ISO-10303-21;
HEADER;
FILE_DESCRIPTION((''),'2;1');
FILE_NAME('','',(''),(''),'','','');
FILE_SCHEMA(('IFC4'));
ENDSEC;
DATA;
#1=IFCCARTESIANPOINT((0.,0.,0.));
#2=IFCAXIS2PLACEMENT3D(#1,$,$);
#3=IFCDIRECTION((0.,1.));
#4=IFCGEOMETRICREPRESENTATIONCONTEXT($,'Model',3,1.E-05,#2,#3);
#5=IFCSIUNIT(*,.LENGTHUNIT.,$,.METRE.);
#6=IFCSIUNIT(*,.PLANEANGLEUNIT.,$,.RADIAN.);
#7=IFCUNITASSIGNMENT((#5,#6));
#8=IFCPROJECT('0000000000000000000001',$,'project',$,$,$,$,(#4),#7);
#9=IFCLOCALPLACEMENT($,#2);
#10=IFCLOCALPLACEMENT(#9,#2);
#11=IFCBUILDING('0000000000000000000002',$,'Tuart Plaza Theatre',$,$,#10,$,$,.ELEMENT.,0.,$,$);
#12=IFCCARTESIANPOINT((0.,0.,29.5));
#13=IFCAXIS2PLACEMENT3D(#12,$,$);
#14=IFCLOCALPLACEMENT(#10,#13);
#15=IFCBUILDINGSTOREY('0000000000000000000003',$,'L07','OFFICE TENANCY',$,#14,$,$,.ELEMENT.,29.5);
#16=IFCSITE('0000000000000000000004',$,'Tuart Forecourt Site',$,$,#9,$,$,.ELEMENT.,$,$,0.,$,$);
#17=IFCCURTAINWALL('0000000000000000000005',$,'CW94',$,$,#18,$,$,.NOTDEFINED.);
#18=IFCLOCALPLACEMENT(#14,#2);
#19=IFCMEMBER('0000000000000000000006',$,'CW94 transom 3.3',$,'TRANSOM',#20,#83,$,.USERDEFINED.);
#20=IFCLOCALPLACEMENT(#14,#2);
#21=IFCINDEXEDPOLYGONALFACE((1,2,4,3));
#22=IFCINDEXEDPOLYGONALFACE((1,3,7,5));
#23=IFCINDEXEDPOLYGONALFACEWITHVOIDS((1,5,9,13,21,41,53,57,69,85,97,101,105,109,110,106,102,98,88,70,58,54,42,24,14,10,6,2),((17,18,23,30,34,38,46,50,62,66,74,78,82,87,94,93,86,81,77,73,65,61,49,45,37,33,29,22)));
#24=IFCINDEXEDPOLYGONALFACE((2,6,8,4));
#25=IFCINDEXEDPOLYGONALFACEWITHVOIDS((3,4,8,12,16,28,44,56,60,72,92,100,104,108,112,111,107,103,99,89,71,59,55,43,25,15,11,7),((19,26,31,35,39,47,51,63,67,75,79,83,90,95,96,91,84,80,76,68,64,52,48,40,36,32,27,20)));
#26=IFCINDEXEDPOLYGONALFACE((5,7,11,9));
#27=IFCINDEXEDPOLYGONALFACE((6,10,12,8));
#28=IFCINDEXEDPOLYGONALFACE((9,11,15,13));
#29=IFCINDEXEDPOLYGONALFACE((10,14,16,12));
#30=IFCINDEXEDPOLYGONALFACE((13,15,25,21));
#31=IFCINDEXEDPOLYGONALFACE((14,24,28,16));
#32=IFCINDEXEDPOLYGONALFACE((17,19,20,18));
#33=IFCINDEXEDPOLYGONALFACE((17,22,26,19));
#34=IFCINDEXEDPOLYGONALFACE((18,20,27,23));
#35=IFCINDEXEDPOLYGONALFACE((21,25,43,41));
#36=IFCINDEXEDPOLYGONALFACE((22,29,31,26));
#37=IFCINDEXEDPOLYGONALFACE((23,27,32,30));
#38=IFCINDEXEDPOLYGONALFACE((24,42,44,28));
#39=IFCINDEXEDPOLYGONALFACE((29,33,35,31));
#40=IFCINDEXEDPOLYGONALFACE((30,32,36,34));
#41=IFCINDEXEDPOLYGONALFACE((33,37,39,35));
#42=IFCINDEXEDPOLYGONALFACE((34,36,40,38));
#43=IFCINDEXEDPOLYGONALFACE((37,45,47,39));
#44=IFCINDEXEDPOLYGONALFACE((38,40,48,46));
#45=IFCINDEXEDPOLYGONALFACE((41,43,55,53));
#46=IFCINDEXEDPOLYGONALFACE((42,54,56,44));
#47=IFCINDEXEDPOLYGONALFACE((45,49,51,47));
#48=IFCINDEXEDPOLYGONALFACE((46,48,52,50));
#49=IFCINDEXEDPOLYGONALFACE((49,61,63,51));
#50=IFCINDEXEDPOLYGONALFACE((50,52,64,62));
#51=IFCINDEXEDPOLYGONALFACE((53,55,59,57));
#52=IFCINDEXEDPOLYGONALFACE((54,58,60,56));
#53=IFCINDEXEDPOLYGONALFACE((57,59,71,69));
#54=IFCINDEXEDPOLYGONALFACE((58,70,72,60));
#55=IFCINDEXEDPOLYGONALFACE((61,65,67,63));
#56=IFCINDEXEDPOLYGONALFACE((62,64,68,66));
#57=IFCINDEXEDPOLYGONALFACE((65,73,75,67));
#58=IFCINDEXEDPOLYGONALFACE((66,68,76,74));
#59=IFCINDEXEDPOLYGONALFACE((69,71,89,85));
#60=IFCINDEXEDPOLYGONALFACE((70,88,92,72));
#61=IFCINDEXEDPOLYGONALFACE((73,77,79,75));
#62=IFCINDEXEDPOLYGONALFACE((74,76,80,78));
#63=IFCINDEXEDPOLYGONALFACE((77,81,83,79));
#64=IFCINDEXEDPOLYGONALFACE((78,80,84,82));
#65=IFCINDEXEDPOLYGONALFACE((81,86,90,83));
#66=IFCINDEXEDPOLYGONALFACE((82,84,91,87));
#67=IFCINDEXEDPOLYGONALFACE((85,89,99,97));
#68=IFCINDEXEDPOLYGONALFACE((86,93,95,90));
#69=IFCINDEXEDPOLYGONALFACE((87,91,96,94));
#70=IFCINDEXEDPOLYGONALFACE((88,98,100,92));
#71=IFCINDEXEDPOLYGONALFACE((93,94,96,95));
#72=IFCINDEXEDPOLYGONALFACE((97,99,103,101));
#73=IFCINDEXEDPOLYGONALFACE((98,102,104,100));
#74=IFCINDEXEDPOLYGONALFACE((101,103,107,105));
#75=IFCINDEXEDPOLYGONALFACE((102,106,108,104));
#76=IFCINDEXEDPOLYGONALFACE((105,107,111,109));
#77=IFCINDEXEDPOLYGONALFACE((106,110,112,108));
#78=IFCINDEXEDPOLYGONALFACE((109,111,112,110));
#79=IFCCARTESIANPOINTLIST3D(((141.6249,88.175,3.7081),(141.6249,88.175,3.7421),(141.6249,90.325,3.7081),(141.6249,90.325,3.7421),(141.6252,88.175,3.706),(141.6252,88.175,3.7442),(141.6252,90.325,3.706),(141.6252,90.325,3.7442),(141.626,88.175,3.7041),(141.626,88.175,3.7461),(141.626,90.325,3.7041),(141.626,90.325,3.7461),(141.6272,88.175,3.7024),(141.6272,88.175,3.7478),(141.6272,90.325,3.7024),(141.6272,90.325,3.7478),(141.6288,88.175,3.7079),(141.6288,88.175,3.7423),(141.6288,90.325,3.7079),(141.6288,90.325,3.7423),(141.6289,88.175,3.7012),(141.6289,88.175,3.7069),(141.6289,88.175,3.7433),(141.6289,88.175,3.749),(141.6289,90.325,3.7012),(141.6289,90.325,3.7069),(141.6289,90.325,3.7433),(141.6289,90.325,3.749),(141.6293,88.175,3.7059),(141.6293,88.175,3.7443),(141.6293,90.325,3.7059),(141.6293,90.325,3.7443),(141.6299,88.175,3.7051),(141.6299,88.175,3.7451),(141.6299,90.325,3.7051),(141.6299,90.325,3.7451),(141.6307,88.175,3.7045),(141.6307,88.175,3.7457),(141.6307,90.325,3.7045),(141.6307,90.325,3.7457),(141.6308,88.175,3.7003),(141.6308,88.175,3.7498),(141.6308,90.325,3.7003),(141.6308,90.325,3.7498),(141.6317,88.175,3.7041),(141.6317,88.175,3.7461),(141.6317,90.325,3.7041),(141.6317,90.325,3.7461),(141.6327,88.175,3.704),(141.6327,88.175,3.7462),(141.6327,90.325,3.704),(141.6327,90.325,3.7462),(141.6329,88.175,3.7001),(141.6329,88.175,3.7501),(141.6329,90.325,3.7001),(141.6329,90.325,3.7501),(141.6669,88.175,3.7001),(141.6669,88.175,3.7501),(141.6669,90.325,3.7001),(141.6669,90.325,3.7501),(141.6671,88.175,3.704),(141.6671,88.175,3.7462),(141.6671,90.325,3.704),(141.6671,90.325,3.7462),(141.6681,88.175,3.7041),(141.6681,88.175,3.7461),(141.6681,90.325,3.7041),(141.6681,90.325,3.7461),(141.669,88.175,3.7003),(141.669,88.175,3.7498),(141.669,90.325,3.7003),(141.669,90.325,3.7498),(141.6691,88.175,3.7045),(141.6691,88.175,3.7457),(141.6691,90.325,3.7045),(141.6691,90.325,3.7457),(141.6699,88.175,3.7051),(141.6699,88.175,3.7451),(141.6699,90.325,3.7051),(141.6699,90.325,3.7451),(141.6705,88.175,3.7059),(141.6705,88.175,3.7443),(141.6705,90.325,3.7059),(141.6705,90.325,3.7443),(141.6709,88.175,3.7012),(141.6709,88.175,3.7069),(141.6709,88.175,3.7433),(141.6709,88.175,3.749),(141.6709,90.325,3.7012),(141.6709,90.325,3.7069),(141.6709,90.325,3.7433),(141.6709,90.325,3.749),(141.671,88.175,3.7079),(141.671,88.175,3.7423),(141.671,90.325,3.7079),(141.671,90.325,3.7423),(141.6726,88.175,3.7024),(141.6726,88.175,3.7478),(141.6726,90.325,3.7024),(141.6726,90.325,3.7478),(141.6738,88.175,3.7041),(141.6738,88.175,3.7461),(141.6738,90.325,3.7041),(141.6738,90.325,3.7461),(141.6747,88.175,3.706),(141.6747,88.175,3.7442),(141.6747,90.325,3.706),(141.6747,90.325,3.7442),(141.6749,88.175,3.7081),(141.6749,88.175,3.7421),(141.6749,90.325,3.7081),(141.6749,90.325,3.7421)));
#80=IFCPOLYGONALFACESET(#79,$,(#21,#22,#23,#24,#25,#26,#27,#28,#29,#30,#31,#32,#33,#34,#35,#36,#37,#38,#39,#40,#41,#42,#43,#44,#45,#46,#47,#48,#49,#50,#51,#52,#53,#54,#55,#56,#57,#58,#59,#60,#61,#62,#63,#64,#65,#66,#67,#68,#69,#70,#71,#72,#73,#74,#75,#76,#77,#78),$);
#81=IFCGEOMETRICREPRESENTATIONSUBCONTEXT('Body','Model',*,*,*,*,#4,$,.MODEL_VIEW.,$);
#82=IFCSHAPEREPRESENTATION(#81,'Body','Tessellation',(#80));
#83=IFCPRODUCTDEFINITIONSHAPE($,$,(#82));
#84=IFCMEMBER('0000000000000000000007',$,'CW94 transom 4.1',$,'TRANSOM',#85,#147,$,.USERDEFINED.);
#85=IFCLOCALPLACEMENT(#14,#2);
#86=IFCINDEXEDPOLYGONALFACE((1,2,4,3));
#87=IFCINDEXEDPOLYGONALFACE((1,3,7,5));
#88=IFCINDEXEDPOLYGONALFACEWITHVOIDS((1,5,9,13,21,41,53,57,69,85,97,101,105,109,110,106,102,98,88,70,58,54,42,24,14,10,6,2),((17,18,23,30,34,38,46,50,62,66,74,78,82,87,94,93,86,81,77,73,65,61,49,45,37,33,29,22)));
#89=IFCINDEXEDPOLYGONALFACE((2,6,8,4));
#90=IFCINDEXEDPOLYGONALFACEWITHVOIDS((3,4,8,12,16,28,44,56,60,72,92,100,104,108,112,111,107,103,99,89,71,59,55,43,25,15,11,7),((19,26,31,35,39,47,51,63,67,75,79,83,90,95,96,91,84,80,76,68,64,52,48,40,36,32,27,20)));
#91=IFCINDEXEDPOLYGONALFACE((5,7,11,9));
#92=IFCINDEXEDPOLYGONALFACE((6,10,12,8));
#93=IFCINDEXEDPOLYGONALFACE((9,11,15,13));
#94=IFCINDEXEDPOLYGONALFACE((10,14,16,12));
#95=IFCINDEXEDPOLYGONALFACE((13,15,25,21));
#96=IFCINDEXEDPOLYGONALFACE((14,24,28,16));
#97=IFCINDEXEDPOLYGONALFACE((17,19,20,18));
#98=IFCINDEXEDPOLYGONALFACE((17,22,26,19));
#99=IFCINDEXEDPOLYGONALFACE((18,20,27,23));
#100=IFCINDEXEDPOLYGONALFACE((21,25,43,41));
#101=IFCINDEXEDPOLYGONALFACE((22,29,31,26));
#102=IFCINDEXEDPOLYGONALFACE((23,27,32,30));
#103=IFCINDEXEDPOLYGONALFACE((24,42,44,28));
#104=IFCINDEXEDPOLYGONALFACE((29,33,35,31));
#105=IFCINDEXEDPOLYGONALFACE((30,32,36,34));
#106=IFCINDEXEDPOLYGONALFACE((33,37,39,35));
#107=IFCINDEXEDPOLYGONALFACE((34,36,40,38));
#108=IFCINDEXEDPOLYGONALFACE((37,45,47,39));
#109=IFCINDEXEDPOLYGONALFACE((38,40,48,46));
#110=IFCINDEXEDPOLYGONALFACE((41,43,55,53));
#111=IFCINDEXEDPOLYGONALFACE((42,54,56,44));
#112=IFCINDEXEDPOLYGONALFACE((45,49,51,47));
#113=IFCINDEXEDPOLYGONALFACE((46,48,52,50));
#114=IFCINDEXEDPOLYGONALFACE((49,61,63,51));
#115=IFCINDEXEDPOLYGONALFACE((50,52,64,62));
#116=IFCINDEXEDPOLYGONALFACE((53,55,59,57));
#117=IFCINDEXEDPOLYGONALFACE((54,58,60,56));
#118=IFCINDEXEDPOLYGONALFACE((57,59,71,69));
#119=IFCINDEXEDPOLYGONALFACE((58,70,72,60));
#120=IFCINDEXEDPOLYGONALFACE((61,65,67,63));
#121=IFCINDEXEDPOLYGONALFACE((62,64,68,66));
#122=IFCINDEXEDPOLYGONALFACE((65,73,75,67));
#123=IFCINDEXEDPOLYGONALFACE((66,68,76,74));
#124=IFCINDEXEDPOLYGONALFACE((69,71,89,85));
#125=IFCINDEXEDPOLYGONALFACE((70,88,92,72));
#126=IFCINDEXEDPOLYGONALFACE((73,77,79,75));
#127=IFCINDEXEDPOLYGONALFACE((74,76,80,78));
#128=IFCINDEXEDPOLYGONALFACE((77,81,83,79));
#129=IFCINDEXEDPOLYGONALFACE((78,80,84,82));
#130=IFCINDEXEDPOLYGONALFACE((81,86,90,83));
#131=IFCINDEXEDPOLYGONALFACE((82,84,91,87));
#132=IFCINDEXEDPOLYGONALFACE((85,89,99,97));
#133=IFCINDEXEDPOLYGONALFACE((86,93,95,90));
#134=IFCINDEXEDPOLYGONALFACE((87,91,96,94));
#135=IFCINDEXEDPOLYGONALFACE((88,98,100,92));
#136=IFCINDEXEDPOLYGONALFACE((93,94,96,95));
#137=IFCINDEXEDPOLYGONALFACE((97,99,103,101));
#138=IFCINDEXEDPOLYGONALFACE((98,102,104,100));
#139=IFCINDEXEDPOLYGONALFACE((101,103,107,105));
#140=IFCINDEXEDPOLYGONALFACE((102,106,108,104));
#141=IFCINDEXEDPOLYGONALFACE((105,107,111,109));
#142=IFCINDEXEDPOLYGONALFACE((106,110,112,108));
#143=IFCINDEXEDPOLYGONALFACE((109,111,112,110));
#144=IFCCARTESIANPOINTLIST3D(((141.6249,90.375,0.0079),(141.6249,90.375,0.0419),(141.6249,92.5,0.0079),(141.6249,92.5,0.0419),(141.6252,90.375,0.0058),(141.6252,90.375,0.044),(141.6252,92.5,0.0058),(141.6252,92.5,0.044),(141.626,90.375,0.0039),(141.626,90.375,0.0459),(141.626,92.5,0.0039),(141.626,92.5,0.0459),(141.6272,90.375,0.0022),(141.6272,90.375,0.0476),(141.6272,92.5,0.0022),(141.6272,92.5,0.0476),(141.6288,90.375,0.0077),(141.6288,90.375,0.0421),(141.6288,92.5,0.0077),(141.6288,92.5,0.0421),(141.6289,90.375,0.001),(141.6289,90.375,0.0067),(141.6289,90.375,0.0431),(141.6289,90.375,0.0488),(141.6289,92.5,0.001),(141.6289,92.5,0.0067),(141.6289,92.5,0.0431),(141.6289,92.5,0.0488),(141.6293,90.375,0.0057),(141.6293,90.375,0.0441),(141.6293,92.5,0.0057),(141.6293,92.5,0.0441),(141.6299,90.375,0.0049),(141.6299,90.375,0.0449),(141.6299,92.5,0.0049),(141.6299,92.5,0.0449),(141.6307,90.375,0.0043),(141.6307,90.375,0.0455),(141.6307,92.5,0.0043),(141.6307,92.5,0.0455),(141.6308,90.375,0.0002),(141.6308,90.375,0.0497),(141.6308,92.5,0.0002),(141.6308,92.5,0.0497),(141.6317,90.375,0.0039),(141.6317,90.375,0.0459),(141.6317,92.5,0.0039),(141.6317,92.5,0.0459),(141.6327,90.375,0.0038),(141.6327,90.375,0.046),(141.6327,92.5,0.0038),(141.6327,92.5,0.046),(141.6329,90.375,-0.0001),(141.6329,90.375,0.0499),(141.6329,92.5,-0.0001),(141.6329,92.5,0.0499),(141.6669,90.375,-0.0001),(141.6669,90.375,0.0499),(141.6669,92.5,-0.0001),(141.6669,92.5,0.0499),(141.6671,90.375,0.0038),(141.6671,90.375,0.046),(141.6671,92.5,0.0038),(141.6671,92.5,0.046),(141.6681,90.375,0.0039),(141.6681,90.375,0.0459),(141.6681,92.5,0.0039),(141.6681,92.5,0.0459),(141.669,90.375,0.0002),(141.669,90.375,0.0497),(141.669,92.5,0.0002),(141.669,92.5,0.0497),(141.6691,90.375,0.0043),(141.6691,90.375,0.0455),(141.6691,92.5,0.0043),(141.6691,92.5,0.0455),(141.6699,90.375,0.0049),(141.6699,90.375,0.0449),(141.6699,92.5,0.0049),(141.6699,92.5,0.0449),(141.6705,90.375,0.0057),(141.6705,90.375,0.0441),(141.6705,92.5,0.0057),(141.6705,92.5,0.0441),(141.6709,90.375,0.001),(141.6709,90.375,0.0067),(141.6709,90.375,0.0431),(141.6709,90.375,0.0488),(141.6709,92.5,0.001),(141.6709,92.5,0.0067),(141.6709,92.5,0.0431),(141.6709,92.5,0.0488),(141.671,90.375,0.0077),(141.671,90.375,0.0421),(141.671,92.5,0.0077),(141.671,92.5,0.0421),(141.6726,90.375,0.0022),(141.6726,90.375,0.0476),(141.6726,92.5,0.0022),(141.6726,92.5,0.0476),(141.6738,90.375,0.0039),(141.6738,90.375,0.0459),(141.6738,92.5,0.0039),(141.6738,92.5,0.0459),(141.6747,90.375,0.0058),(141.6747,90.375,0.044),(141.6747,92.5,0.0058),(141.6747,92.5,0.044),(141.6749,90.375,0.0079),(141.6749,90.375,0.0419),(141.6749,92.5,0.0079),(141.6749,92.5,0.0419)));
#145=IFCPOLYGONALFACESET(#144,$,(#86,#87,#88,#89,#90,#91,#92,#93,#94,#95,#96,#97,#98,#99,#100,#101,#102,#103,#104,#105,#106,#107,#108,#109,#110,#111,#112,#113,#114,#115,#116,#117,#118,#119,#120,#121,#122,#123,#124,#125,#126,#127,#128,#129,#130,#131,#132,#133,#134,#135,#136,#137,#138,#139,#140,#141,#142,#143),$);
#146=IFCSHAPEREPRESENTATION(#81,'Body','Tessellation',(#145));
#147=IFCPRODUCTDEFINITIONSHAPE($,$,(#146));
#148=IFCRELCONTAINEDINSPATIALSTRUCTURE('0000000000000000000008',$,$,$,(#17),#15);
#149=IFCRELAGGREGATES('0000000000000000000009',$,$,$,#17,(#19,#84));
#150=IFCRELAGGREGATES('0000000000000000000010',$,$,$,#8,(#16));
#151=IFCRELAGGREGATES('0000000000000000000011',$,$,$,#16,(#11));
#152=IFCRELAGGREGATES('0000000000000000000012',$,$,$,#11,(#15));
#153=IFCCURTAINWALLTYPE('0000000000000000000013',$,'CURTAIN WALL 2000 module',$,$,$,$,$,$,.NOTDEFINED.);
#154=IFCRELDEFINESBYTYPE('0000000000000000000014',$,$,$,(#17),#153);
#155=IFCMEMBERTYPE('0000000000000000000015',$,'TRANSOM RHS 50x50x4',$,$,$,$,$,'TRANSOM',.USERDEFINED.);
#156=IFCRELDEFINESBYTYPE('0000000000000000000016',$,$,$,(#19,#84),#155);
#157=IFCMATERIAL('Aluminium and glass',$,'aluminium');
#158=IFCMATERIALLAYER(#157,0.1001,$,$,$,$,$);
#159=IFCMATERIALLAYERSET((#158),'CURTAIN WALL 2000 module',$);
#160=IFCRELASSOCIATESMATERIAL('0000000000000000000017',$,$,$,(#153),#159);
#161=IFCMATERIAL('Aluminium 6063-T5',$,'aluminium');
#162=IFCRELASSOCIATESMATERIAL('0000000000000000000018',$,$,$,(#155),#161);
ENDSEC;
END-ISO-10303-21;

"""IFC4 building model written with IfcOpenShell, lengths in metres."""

from ifc_helpers import new_model, si_unit, direction, frame, origin, origin_2d, place, context, subcontext, project, spatial, hollow_rectangle, extrude, material, layer, layer_set, material_profile, profile_set, type_object, element, aggregate, save


model = new_model("IFC4")

# Units and contexts
model_context = context("Model", 3, precision=1e-05, world=origin(), true_north=direction((0.0, 1.0)))
body_context = subcontext(model_context, "Body", "Model", "MODEL_VIEW")
ifc_project = project(units=[si_unit("LENGTHUNIT", "METRE"), si_unit("PLANEANGLEUNIT", "RADIAN")], contexts=[model_context])

# Site, building, storey
site_placement = place(None, origin())
site = spatial("IfcSite", under=ifc_project, at=site_placement, Name="Tuart Forecourt Site", CompositionType="ELEMENT", RefElevation=0.0)
building_placement = place(site_placement, origin())
building = spatial("IfcBuilding", under=site, at=building_placement, Name="Tuart Plaza Theatre", CompositionType="ELEMENT", ElevationOfRefHeight=0.0)
storey_placement = place(building_placement, frame((0.0, 0.0, 29.5)))
storey = spatial("IfcBuildingStorey", under=building, at=storey_placement, Name="L07", Description="OFFICE TENANCY", CompositionType="ELEMENT", Elevation=29.5)

# Curtain wall, members
ifc_material_1 = material(Name="Aluminium and glass", Category="aluminium")
ifc_layer_1 = layer(ifc_material_1, 0.1001)
ifc_layer_set_1 = layer_set([ifc_layer_1], Name="CURTAIN WALL 2000 module")
curtain_wall_type = type_object("IfcCurtainWallType", Name="CURTAIN WALL 2000 module", PredefinedType="NOTDEFINED", material=ifc_layer_set_1)
curtain_wall_1_placement = place(storey_placement, origin())
curtain_wall_1 = element("IfcCurtainWall", 1, at=curtain_wall_1_placement, inside=storey, type_object=curtain_wall_type, Name="CW94", PredefinedType="NOTDEFINED")
ifc_material_2 = material(Name="Aluminium 6063-T5", Category="aluminium")
ifc_material_profile_1 = material_profile(ifc_material_2, hollow_rectangle(XDim=0.05, YDim=0.05, WallThickness=0.0039, InnerFilletRadius=0.0039, OuterFilletRadius=0.0081, at=origin_2d()), Name="RHS 50x50x4")
ifc_profile_set_1 = profile_set([ifc_material_profile_1], Name="Aluminium 6063-T5")
member_type_1 = type_object("IfcMemberType", Name="TRANSOM RHS 50x50x4", ElementType="TRANSOM", PredefinedType="USERDEFINED", material=ifc_profile_set_1)
member_1_placement = place(storey_placement, frame((141.6499, 88.175, 3.7251), z_axis=(0.0, 1.0, 0.0), x_axis=(-1.0, 0.0, 0.0)))
member_1 = element("IfcMember", 2, at=member_1_placement, type_object=member_type_1, Name="CW94 transom 3.3", ObjectType="TRANSOM", PredefinedType="USERDEFINED", context=body_context, shape_type="SweptSolid", body=[
    extrude(hollow_rectangle(XDim=0.05, YDim=0.05, WallThickness=0.0039, InnerFilletRadius=0.0039, OuterFilletRadius=0.0081, at=origin_2d()), origin(), (0.0, 0.0, 1.0), 2.1499),
])
member_2_placement = place(storey_placement, frame((141.6499, 90.375, 0.0249), z_axis=(0.0, 1.0, 0.0), x_axis=(-1.0, 0.0, 0.0)))
member_2 = element("IfcMember", 3, at=member_2_placement, type_object=member_type_1, Name="CW94 transom 4.1", ObjectType="TRANSOM", PredefinedType="USERDEFINED", context=body_context, shape_type="SweptSolid", body=[
    extrude(hollow_rectangle(XDim=0.05, YDim=0.05, WallThickness=0.0039, InnerFilletRadius=0.0039, OuterFilletRadius=0.0081, at=origin_2d()), origin(), (0.0, 0.0, 1.0), 2.125),
])
aggregate(curtain_wall_1, [member_1, member_2])

save(model, "model.ifc")
